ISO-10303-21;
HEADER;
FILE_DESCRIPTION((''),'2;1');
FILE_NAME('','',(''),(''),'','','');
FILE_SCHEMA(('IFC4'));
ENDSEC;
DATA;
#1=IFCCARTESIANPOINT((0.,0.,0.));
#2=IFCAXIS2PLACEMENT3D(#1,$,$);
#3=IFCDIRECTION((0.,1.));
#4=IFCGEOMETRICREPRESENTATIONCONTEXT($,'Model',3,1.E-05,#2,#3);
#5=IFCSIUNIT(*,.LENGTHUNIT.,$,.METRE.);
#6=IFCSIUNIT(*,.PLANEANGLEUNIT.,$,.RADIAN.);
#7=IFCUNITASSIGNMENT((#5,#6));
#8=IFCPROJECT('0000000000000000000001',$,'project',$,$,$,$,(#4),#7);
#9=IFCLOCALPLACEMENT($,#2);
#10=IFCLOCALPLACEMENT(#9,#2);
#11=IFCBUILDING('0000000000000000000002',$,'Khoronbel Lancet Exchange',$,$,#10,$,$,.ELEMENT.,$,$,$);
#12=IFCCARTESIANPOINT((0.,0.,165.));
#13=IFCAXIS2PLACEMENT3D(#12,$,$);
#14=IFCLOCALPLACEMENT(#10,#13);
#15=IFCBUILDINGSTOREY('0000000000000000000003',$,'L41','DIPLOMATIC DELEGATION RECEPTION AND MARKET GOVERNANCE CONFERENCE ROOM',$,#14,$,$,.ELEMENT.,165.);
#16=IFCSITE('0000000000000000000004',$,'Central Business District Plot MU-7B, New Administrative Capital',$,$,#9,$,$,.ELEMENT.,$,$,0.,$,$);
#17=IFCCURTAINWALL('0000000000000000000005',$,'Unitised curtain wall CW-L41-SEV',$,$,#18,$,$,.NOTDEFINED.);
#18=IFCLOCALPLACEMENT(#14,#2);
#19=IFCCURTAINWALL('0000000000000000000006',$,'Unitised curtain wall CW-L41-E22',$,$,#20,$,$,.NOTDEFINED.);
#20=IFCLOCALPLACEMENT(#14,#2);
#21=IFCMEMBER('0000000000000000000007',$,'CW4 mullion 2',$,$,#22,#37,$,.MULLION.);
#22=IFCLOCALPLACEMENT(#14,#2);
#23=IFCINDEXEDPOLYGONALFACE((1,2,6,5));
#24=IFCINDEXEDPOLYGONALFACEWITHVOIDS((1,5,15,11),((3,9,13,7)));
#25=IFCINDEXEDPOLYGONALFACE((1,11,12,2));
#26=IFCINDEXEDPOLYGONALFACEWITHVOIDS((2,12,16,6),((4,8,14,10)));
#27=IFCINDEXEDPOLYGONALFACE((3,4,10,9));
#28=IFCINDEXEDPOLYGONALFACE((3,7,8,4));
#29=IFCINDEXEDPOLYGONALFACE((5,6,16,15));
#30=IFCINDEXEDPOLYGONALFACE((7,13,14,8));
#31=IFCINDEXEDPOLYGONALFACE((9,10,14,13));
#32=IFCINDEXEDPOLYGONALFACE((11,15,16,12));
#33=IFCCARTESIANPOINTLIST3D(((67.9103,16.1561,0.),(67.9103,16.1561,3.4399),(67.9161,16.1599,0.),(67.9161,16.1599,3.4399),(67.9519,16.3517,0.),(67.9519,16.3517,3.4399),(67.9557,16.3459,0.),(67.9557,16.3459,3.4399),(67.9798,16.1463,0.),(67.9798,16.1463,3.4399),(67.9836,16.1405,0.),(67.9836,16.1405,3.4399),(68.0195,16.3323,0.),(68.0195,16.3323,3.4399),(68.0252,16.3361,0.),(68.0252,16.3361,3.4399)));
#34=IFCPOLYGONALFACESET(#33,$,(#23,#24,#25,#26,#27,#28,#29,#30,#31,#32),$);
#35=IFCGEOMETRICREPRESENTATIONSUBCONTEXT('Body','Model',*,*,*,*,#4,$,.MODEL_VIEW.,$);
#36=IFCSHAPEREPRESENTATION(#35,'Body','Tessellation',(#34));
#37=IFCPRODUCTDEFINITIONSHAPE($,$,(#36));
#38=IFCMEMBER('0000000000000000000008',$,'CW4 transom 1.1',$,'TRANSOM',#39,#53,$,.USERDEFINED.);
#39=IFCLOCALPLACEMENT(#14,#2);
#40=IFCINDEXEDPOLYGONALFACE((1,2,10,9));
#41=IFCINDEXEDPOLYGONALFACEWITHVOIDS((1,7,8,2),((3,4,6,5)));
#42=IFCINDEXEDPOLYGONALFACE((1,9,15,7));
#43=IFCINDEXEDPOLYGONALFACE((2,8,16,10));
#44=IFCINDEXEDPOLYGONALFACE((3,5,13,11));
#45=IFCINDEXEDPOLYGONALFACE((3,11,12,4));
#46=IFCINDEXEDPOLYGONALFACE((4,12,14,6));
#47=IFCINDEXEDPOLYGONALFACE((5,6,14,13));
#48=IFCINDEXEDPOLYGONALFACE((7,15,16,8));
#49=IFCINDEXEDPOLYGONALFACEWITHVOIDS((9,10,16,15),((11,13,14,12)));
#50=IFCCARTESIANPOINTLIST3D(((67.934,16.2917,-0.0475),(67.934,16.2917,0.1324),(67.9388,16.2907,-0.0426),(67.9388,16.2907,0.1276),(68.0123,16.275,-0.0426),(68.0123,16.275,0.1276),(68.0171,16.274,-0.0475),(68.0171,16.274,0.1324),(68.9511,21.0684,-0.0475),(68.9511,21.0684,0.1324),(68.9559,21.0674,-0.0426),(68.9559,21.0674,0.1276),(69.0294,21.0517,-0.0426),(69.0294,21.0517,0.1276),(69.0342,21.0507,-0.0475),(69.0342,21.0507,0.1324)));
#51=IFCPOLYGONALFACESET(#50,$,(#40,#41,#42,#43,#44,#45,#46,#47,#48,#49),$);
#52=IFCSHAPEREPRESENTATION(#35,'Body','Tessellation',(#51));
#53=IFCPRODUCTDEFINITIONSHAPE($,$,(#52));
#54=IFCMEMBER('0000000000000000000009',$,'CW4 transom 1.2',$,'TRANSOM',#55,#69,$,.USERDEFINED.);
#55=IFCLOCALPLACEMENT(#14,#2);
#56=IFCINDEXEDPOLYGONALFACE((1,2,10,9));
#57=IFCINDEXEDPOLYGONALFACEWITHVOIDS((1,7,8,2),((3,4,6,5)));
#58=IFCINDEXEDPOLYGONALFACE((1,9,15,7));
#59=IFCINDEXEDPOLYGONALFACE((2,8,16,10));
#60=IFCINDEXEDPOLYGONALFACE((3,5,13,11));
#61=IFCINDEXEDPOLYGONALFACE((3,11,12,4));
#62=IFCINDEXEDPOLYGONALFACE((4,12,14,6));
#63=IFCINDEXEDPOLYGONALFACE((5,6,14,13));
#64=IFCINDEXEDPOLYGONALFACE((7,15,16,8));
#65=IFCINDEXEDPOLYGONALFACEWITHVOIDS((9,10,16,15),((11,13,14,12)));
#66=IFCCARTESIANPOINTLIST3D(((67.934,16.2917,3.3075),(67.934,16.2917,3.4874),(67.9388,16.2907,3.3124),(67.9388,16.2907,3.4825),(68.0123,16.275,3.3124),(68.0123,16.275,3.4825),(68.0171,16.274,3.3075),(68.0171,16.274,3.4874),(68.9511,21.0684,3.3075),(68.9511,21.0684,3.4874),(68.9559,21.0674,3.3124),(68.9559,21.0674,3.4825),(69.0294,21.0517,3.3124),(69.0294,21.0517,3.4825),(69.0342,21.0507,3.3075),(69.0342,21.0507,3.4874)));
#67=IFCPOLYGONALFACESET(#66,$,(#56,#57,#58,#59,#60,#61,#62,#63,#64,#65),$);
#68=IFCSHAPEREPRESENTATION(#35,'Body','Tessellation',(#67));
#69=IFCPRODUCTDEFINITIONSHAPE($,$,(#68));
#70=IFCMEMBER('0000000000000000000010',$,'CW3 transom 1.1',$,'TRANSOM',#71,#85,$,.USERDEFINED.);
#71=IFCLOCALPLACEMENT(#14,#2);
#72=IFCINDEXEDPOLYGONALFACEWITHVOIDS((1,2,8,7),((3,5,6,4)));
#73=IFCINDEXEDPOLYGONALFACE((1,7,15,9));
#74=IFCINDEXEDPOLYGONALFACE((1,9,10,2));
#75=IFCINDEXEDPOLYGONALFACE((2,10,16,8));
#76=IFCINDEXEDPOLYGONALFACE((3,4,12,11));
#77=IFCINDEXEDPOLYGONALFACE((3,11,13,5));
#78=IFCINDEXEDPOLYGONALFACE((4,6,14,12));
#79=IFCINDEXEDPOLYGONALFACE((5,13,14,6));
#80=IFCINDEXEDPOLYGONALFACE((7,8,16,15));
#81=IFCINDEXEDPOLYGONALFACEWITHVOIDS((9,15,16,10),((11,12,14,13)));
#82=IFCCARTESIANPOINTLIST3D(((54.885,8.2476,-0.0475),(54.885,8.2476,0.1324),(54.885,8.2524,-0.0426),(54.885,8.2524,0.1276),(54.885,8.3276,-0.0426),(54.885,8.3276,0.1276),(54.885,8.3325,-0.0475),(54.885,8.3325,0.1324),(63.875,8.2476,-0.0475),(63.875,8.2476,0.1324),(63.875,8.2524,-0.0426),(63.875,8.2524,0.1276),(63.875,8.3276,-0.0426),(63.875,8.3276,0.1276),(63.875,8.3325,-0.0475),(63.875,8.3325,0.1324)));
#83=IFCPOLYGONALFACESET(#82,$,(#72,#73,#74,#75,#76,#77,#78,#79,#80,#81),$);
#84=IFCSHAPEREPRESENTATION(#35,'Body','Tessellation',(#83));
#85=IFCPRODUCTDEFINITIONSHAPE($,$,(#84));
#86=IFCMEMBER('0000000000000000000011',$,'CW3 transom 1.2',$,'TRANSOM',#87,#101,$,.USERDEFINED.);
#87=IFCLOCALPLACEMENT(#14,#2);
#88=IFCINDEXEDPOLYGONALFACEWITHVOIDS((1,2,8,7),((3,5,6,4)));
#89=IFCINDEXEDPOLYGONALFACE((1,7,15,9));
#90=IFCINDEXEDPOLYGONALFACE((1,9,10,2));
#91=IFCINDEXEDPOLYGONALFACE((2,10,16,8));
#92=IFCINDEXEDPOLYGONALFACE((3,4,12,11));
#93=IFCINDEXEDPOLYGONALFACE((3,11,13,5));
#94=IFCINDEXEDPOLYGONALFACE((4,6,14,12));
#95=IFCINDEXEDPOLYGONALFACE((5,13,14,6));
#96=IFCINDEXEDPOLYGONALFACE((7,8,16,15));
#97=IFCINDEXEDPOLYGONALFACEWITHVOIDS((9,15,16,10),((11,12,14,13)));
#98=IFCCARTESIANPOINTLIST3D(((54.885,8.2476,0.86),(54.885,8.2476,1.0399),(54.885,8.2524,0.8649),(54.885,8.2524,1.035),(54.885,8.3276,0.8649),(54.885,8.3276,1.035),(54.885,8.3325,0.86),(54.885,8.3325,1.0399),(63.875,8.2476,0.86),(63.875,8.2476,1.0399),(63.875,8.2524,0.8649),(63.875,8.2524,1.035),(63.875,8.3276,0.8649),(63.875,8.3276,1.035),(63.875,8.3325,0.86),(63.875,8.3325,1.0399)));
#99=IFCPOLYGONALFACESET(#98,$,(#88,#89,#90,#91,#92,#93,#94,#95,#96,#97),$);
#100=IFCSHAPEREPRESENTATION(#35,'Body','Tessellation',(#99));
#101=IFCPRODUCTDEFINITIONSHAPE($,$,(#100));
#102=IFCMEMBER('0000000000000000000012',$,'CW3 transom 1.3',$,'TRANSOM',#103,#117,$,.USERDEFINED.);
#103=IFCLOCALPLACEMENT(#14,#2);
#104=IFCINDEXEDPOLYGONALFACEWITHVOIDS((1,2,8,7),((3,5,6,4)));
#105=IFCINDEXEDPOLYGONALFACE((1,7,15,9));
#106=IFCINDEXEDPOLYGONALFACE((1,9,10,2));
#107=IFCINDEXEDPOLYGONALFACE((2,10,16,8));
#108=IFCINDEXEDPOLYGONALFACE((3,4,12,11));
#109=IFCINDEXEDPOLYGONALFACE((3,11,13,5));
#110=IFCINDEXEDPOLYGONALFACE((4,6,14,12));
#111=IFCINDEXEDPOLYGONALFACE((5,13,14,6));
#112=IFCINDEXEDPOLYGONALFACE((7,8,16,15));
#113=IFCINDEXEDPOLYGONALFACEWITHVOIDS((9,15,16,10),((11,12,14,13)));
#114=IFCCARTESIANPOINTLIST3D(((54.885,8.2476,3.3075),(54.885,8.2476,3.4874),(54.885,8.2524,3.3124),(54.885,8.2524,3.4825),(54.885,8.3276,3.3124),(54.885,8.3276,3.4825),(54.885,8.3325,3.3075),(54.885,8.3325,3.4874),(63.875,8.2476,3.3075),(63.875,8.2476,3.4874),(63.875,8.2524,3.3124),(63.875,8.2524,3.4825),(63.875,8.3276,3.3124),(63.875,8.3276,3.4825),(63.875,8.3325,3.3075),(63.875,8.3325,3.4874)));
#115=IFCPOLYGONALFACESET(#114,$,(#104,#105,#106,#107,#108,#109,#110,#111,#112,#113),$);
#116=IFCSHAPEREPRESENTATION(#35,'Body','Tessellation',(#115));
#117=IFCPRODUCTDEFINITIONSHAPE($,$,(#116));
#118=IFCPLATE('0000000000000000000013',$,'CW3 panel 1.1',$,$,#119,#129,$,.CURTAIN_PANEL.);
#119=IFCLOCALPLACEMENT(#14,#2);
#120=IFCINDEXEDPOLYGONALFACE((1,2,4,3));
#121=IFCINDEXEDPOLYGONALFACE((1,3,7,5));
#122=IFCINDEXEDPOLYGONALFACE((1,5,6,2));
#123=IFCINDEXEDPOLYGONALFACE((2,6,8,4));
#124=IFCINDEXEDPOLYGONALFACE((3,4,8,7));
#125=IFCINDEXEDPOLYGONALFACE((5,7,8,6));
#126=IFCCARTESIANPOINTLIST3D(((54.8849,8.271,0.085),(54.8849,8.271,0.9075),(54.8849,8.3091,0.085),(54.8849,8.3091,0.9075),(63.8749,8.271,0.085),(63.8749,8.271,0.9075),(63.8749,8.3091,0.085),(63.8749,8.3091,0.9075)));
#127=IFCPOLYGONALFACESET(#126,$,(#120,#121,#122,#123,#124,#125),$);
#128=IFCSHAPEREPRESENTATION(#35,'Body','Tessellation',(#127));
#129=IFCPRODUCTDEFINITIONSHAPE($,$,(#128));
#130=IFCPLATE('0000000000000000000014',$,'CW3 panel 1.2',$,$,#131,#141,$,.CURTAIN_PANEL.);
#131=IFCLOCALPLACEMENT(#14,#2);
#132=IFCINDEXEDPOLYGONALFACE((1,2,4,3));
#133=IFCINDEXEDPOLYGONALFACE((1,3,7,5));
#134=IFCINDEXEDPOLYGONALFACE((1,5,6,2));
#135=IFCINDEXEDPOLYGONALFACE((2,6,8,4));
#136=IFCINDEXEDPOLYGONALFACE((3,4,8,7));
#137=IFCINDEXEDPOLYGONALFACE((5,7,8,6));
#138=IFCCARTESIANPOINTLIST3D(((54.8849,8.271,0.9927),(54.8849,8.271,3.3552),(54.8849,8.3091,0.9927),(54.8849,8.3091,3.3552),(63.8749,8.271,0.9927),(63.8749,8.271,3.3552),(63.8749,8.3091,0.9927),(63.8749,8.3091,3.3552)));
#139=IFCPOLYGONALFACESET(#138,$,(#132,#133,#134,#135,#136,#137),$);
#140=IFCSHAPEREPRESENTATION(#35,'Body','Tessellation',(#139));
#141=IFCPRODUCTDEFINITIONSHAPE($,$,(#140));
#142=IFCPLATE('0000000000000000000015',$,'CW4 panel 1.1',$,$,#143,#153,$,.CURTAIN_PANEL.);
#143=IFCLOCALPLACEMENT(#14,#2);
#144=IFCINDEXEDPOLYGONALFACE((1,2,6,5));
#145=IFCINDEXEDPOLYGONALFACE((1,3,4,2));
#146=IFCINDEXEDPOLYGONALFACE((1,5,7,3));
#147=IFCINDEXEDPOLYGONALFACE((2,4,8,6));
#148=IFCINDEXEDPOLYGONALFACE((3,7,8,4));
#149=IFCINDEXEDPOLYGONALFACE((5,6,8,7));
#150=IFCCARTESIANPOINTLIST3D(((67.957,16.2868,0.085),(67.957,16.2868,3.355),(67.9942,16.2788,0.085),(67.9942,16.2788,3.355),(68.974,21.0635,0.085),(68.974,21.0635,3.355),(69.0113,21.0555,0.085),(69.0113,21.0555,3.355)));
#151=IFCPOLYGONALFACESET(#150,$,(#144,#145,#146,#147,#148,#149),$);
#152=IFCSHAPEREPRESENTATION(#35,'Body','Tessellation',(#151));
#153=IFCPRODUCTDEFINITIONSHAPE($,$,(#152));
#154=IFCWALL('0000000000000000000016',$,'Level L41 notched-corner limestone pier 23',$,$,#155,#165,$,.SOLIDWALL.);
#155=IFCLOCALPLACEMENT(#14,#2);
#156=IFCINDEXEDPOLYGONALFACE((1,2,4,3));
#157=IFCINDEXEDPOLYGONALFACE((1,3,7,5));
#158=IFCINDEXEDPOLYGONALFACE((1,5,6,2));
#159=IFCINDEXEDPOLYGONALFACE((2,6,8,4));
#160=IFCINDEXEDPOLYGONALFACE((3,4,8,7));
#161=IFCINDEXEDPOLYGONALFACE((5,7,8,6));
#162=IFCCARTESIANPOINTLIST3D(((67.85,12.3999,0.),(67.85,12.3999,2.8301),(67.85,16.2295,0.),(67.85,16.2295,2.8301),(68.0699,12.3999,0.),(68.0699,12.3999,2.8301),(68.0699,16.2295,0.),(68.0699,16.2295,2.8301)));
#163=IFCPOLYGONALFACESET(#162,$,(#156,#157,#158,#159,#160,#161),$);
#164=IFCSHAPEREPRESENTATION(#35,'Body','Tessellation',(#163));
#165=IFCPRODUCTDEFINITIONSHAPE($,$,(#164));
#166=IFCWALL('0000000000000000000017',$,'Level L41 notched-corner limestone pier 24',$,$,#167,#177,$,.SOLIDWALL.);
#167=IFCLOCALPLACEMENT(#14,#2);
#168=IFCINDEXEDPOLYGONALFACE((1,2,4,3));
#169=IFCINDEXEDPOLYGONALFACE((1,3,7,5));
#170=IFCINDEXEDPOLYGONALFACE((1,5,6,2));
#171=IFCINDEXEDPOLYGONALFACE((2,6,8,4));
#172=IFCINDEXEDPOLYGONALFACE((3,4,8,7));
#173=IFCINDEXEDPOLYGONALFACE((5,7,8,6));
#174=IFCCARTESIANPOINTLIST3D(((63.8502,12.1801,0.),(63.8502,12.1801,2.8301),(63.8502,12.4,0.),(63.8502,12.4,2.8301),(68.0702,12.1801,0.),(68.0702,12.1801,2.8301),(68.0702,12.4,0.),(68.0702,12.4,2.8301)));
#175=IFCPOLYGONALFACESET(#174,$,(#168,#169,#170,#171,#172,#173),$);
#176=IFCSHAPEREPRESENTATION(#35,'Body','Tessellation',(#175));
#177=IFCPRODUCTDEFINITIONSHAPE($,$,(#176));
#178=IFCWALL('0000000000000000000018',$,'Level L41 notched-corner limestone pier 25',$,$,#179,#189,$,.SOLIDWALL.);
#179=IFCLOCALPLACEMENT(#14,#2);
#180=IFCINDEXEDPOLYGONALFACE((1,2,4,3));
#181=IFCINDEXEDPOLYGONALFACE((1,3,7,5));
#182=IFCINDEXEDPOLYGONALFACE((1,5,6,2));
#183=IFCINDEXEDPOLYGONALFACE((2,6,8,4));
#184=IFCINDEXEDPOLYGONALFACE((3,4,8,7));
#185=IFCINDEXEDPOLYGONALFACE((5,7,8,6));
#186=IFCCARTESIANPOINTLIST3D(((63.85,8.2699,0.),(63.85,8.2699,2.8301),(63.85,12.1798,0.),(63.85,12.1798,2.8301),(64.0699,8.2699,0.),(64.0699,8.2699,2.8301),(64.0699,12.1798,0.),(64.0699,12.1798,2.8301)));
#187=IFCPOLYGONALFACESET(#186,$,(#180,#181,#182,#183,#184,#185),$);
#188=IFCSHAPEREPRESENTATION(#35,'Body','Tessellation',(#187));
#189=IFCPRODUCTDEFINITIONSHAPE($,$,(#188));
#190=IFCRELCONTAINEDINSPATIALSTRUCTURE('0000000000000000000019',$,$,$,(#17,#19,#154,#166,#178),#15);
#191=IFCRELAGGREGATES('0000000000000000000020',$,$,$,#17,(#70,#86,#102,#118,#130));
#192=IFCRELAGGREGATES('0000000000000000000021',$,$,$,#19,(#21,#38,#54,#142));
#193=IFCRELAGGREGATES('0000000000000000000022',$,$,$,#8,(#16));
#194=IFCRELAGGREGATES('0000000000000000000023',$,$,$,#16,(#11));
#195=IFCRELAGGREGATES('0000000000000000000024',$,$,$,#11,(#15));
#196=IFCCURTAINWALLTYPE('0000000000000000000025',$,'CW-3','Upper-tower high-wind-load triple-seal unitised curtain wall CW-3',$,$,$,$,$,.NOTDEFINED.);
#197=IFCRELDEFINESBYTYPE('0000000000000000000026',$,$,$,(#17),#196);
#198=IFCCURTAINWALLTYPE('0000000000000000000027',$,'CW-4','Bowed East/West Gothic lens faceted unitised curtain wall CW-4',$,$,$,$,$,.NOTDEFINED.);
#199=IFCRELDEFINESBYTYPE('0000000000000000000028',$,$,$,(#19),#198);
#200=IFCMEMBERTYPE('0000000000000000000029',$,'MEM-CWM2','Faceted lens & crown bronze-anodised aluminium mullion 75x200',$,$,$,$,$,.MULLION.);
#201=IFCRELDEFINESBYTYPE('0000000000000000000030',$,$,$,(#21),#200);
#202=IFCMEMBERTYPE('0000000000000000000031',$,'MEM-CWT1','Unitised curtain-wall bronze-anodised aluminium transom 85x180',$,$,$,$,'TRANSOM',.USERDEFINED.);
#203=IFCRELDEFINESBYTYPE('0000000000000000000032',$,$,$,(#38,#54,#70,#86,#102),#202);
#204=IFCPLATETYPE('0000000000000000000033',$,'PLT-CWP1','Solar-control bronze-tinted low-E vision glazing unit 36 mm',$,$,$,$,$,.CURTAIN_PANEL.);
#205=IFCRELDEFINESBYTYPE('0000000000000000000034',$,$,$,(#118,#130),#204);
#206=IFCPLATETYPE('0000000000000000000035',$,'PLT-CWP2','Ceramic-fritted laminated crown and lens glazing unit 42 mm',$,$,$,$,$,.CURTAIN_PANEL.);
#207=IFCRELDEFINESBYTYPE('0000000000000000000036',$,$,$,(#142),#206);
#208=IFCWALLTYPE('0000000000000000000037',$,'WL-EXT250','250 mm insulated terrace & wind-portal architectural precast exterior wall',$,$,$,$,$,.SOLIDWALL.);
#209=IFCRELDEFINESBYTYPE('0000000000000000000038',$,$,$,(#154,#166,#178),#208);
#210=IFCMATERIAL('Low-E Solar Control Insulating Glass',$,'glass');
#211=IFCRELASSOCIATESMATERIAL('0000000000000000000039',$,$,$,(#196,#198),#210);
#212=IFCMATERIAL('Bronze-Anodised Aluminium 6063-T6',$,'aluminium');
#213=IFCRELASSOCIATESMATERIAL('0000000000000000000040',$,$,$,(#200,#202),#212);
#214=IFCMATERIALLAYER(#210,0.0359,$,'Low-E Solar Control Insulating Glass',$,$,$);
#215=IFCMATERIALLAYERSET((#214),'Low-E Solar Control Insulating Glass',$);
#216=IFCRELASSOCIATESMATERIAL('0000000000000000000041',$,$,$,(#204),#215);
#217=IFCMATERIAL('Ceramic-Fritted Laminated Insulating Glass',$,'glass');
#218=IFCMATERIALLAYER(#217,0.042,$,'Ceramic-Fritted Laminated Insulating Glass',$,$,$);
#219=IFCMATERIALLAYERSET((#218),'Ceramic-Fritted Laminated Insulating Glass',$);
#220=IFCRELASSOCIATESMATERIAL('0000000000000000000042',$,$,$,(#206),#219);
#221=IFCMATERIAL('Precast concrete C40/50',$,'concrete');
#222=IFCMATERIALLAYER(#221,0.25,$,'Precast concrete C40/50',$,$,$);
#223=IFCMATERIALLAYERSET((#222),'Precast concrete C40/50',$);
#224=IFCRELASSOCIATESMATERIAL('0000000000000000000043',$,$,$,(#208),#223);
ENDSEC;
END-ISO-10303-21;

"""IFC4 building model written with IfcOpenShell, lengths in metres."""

from ifc_helpers import new_model, si_unit, direction, frame, frame_2d, origin, origin_2d, place, context, subcontext, project, spatial, rectangle, hollow_rectangle, extrude, material, layer, layer_set, material_profile, profile_set, type_object, element, aggregate, save


model = new_model("IFC4")

# Units and contexts
model_context = context("Model", 3, precision=1e-05, world=origin(), true_north=direction((0.0, 1.0)))
body_context = subcontext(model_context, "Body", "Model", "MODEL_VIEW")
ifc_project = project(units=[si_unit("LENGTHUNIT", "METRE"), si_unit("PLANEANGLEUNIT", "RADIAN")], contexts=[model_context])

# Site, building, storey
site_placement = place(None, origin())
site = spatial("IfcSite", under=ifc_project, at=site_placement, Name="Central Business District Plot MU-7B, New Administrative Capital", CompositionType="ELEMENT", RefElevation=0.0)
building_placement = place(site_placement, origin())
building = spatial("IfcBuilding", under=site, at=building_placement, Name="Khoronbel Lancet Exchange", CompositionType="ELEMENT")
storey_placement = place(building_placement, frame((0.0, 0.0, 165.0)))
storey = spatial("IfcBuildingStorey", under=building, at=storey_placement, Name="L41", Description="DIPLOMATIC DELEGATION RECEPTION AND MARKET GOVERNANCE CONFERENCE ROOM", CompositionType="ELEMENT", Elevation=165.0)

# Shared definitions
ifc_material_1 = material(Name="Low-E Solar Control Insulating Glass", Category="glass")
curtain_wall_type_1 = type_object("IfcCurtainWallType", Name="CW-3", Description="Upper-tower high-wind-load triple-seal unitised curtain wall CW-3", PredefinedType="NOTDEFINED", material=ifc_material_1)
ifc_material_2 = material(Name="Bronze-Anodised Aluminium 6063-T6", Category="aluminium")

# Curtain wall
curtain_wall_1_placement = place(storey_placement, origin())
curtain_wall_1 = element("IfcCurtainWall", 1, at=curtain_wall_1_placement, inside=storey, type_object=curtain_wall_type_1, Name="Unitised curtain wall CW-L41-SEV", PredefinedType="NOTDEFINED")

# Shared definitions
curtain_wall_type_2 = type_object("IfcCurtainWallType", Name="CW-4", Description="Bowed East/West Gothic lens faceted unitised curtain wall CW-4", PredefinedType="NOTDEFINED", material=ifc_material_1)
ifc_material_profile_1 = material_profile(ifc_material_2, hollow_rectangle(XDim=0.075, YDim=0.2, WallThickness=0.0049, at=origin_2d()), Name="ALU MULLION 75x200")
ifc_profile_set_1 = profile_set([ifc_material_profile_1], Name="Bronze-Anodised Aluminium 6063-T6")
member_type_1 = type_object("IfcMemberType", Name="MEM-CWM2", Description="Faceted lens & crown bronze-anodised aluminium mullion 75x200", PredefinedType="MULLION", material=ifc_profile_set_1)

# Curtain wall, members
curtain_wall_2_placement = place(storey_placement, origin())
curtain_wall_2 = element("IfcCurtainWall", 2, at=curtain_wall_2_placement, inside=storey, type_object=curtain_wall_type_2, Name="Unitised curtain wall CW-L41-E22", PredefinedType="NOTDEFINED")
member_1_placement = place(storey_placement, frame((67.9678, 16.2461, 0.0), z_axis=(0.0, 0.0, 1.0), x_axis=(0.978076, -0.20825, 0.0)))
member_1 = element("IfcMember", 3, at=member_1_placement, type_object=member_type_1, Name="CW4 mullion 2", PredefinedType="MULLION", context=body_context, shape_type="SweptSolid", body=[
    extrude(hollow_rectangle(XDim=0.075, YDim=0.2, WallThickness=0.0049, at=origin_2d()), origin(), (0.0, 0.0, 1.0), 3.4399),
])
ifc_material_profile_2 = material_profile(ifc_material_2, hollow_rectangle(XDim=0.085, YDim=0.1799, WallThickness=0.0049, at=origin_2d()), Name="ALU TRANSOM 85x180")
ifc_profile_set_2 = profile_set([ifc_material_profile_2], Name="Bronze-Anodised Aluminium 6063-T6")
member_type_2 = type_object("IfcMemberType", Name="MEM-CWT1", Description="Unitised curtain-wall bronze-anodised aluminium transom 85x180", ElementType="TRANSOM", PredefinedType="USERDEFINED", material=ifc_profile_set_2)
member_2_placement = place(storey_placement, frame((68.9927, 21.0596, 0.0425), z_axis=(-0.208262, -0.978073, 0.0), x_axis=(0.978073, -0.208262, 0.0)))
member_2 = element("IfcMember", 4, at=member_2_placement, type_object=member_type_2, Name="CW4 transom 1.1", ObjectType="TRANSOM", PredefinedType="USERDEFINED", context=body_context, shape_type="SweptSolid", body=[
    extrude(hollow_rectangle(XDim=0.085, YDim=0.1799, WallThickness=0.0049, at=origin_2d()), origin(), (0.0, 0.0, 1.0), 4.8838),
])
member_3_placement = place(storey_placement, frame((68.9927, 21.0596, 3.3975), z_axis=(-0.208262, -0.978073, 0.0), x_axis=(0.978073, -0.208262, 0.0)))
member_3 = element("IfcMember", 5, at=member_3_placement, type_object=member_type_2, Name="CW4 transom 1.2", ObjectType="TRANSOM", PredefinedType="USERDEFINED", context=body_context, shape_type="SweptSolid", body=[
    extrude(hollow_rectangle(XDim=0.085, YDim=0.1799, WallThickness=0.0049, at=origin_2d()), origin(), (0.0, 0.0, 1.0), 4.8838),
])

# Members
member_4_placement = place(storey_placement, frame((54.885, 8.29, 0.0425), z_axis=(1.0, 0.0, 0.0), x_axis=(0.0, 1.0, 0.0)))
member_4 = element("IfcMember", 6, at=member_4_placement, type_object=member_type_2, Name="CW3 transom 1.1", ObjectType="TRANSOM", PredefinedType="USERDEFINED", context=body_context, shape_type="SweptSolid", body=[
    extrude(hollow_rectangle(XDim=0.085, YDim=0.1799, WallThickness=0.0049, at=origin_2d()), origin(), (0.0, 0.0, 1.0), 8.99),
])
member_5_placement = place(storey_placement, frame((54.885, 8.29, 0.95), z_axis=(1.0, 0.0, 0.0), x_axis=(0.0, 1.0, 0.0)))
member_5 = element("IfcMember", 7, at=member_5_placement, type_object=member_type_2, Name="CW3 transom 1.2", ObjectType="TRANSOM", PredefinedType="USERDEFINED", context=body_context, shape_type="SweptSolid", body=[
    extrude(hollow_rectangle(XDim=0.085, YDim=0.1799, WallThickness=0.0049, at=origin_2d()), origin(), (0.0, 0.0, 1.0), 8.99),
])
member_6_placement = place(storey_placement, frame((54.885, 8.29, 3.3975), z_axis=(1.0, 0.0, 0.0), x_axis=(0.0, 1.0, 0.0)))
member_6 = element("IfcMember", 8, at=member_6_placement, type_object=member_type_2, Name="CW3 transom 1.3", ObjectType="TRANSOM", PredefinedType="USERDEFINED", context=body_context, shape_type="SweptSolid", body=[
    extrude(hollow_rectangle(XDim=0.085, YDim=0.1799, WallThickness=0.0049, at=origin_2d()), origin(), (0.0, 0.0, 1.0), 8.99),
])

# Plates
ifc_layer_1 = layer(ifc_material_1, 0.0359, Name="Low-E Solar Control Insulating Glass")
ifc_layer_set_1 = layer_set([ifc_layer_1], Name="Low-E Solar Control Insulating Glass")
plate_type_1 = type_object("IfcPlateType", Name="PLT-CWP1", Description="Solar-control bronze-tinted low-E vision glazing unit 36 mm", PredefinedType="CURTAIN_PANEL", material=ifc_layer_set_1)
plate_1_placement = place(storey_placement, frame((59.3799, 8.29, 0.085), z_axis=(0.0, 0.0, 1.0), x_axis=(1.0, 0.0, 0.0)))
plate_1 = element("IfcPlate", 9, at=plate_1_placement, type_object=plate_type_1, Name="CW3 panel 1.1", PredefinedType="CURTAIN_PANEL", context=body_context, shape_type="SweptSolid", body=[
    extrude(rectangle(XDim=8.99, YDim=0.0381, at=origin_2d()), origin(), (0.0, 0.0, 1.0), 0.8225),
])
plate_2_placement = place(storey_placement, frame((59.3799, 8.29, 0.9927), z_axis=(0.0, 0.0, 1.0), x_axis=(1.0, 0.0, 0.0)))
plate_2 = element("IfcPlate", 10, at=plate_2_placement, type_object=plate_type_1, Name="CW3 panel 1.2", PredefinedType="CURTAIN_PANEL", context=body_context, shape_type="SweptSolid", body=[
    extrude(rectangle(XDim=8.99, YDim=0.0381, at=origin_2d()), origin(), (0.0, 0.0, 1.0), 2.3625),
])
aggregate(curtain_wall_1, [member_4, member_5, member_6, plate_1, plate_2])
ifc_material_3 = material(Name="Ceramic-Fritted Laminated Insulating Glass", Category="glass")
ifc_layer_2 = layer(ifc_material_3, 0.042, Name="Ceramic-Fritted Laminated Insulating Glass")
ifc_layer_set_2 = layer_set([ifc_layer_2], Name="Ceramic-Fritted Laminated Insulating Glass")
plate_type_2 = type_object("IfcPlateType", Name="PLT-CWP2", Description="Ceramic-fritted laminated crown and lens glazing unit 42 mm", PredefinedType="CURTAIN_PANEL", material=ifc_layer_set_2)
plate_3_placement = place(storey_placement, frame((68.4841, 18.6711, 0.085), z_axis=(0.0, 0.0, 1.0), x_axis=(-0.20825, -0.978076, 0.0)))
plate_3 = element("IfcPlate", 11, at=plate_3_placement, type_object=plate_type_2, Name="CW4 panel 1.1", PredefinedType="CURTAIN_PANEL", context=body_context, shape_type="SweptSolid", body=[
    extrude(rectangle(XDim=4.8838, YDim=0.0381, at=origin_2d()), origin(), (0.0, 0.0, 1.0), 3.27),
])
aggregate(curtain_wall_2, [member_1, member_2, member_3, plate_3])

# Walls
ifc_material_4 = material(Name="Precast concrete C40/50", Category="concrete")
ifc_layer_3 = layer(ifc_material_4, 0.25, Name="Precast concrete C40/50")
ifc_layer_set_3 = layer_set([ifc_layer_3], Name="Precast concrete C40/50")
wall_type_1 = type_object("IfcWallType", Name="WL-EXT250", Description="250 mm insulated terrace & wind-portal architectural precast exterior wall", PredefinedType="SOLIDWALL", material=ifc_layer_set_3)
wall_1_placement = place(storey_placement, frame((67.96, 16.2295, 0.0), z_axis=(0.0, 0.0, 1.0), x_axis=(0.0, -1.0, 0.0)))
element("IfcWall", 12, at=wall_1_placement, inside=storey, type_object=wall_type_1, Name="Level L41 notched-corner limestone pier 23", PredefinedType="SOLIDWALL", context=body_context, shape_type="SweptSolid", body=[
    extrude(rectangle(XDim=3.8296, YDim=0.22, at=frame_2d((1.9148, 0.0))), origin(), (0.0, 0.0, 1.0), 2.8301),
])
wall_2_placement = place(storey_placement, frame((68.0701, 12.29, 0.0), z_axis=(0.0, 0.0, 1.0), x_axis=(-1.0, 0.0, 0.0)))
element("IfcWall", 13, at=wall_2_placement, inside=storey, type_object=wall_type_1, Name="Level L41 notched-corner limestone pier 24", PredefinedType="SOLIDWALL", context=body_context, shape_type="SweptSolid", body=[
    extrude(rectangle(XDim=4.22, YDim=0.22, at=frame_2d((2.1099, 0.0))), origin(), (0.0, 0.0, 1.0), 2.8301),
])
wall_3_placement = place(storey_placement, frame((63.96, 12.1799, 0.0), z_axis=(0.0, 0.0, 1.0), x_axis=(0.0, -1.0, 0.0)))
element("IfcWall", 14, at=wall_3_placement, inside=storey, type_object=wall_type_1, Name="Level L41 notched-corner limestone pier 25", PredefinedType="SOLIDWALL", context=body_context, shape_type="SweptSolid", body=[
    extrude(rectangle(XDim=3.9099, YDim=0.22, at=frame_2d((1.9551, 0.0))), origin(), (0.0, 0.0, 1.0), 2.8301),
])

save(model, "model.ifc")
